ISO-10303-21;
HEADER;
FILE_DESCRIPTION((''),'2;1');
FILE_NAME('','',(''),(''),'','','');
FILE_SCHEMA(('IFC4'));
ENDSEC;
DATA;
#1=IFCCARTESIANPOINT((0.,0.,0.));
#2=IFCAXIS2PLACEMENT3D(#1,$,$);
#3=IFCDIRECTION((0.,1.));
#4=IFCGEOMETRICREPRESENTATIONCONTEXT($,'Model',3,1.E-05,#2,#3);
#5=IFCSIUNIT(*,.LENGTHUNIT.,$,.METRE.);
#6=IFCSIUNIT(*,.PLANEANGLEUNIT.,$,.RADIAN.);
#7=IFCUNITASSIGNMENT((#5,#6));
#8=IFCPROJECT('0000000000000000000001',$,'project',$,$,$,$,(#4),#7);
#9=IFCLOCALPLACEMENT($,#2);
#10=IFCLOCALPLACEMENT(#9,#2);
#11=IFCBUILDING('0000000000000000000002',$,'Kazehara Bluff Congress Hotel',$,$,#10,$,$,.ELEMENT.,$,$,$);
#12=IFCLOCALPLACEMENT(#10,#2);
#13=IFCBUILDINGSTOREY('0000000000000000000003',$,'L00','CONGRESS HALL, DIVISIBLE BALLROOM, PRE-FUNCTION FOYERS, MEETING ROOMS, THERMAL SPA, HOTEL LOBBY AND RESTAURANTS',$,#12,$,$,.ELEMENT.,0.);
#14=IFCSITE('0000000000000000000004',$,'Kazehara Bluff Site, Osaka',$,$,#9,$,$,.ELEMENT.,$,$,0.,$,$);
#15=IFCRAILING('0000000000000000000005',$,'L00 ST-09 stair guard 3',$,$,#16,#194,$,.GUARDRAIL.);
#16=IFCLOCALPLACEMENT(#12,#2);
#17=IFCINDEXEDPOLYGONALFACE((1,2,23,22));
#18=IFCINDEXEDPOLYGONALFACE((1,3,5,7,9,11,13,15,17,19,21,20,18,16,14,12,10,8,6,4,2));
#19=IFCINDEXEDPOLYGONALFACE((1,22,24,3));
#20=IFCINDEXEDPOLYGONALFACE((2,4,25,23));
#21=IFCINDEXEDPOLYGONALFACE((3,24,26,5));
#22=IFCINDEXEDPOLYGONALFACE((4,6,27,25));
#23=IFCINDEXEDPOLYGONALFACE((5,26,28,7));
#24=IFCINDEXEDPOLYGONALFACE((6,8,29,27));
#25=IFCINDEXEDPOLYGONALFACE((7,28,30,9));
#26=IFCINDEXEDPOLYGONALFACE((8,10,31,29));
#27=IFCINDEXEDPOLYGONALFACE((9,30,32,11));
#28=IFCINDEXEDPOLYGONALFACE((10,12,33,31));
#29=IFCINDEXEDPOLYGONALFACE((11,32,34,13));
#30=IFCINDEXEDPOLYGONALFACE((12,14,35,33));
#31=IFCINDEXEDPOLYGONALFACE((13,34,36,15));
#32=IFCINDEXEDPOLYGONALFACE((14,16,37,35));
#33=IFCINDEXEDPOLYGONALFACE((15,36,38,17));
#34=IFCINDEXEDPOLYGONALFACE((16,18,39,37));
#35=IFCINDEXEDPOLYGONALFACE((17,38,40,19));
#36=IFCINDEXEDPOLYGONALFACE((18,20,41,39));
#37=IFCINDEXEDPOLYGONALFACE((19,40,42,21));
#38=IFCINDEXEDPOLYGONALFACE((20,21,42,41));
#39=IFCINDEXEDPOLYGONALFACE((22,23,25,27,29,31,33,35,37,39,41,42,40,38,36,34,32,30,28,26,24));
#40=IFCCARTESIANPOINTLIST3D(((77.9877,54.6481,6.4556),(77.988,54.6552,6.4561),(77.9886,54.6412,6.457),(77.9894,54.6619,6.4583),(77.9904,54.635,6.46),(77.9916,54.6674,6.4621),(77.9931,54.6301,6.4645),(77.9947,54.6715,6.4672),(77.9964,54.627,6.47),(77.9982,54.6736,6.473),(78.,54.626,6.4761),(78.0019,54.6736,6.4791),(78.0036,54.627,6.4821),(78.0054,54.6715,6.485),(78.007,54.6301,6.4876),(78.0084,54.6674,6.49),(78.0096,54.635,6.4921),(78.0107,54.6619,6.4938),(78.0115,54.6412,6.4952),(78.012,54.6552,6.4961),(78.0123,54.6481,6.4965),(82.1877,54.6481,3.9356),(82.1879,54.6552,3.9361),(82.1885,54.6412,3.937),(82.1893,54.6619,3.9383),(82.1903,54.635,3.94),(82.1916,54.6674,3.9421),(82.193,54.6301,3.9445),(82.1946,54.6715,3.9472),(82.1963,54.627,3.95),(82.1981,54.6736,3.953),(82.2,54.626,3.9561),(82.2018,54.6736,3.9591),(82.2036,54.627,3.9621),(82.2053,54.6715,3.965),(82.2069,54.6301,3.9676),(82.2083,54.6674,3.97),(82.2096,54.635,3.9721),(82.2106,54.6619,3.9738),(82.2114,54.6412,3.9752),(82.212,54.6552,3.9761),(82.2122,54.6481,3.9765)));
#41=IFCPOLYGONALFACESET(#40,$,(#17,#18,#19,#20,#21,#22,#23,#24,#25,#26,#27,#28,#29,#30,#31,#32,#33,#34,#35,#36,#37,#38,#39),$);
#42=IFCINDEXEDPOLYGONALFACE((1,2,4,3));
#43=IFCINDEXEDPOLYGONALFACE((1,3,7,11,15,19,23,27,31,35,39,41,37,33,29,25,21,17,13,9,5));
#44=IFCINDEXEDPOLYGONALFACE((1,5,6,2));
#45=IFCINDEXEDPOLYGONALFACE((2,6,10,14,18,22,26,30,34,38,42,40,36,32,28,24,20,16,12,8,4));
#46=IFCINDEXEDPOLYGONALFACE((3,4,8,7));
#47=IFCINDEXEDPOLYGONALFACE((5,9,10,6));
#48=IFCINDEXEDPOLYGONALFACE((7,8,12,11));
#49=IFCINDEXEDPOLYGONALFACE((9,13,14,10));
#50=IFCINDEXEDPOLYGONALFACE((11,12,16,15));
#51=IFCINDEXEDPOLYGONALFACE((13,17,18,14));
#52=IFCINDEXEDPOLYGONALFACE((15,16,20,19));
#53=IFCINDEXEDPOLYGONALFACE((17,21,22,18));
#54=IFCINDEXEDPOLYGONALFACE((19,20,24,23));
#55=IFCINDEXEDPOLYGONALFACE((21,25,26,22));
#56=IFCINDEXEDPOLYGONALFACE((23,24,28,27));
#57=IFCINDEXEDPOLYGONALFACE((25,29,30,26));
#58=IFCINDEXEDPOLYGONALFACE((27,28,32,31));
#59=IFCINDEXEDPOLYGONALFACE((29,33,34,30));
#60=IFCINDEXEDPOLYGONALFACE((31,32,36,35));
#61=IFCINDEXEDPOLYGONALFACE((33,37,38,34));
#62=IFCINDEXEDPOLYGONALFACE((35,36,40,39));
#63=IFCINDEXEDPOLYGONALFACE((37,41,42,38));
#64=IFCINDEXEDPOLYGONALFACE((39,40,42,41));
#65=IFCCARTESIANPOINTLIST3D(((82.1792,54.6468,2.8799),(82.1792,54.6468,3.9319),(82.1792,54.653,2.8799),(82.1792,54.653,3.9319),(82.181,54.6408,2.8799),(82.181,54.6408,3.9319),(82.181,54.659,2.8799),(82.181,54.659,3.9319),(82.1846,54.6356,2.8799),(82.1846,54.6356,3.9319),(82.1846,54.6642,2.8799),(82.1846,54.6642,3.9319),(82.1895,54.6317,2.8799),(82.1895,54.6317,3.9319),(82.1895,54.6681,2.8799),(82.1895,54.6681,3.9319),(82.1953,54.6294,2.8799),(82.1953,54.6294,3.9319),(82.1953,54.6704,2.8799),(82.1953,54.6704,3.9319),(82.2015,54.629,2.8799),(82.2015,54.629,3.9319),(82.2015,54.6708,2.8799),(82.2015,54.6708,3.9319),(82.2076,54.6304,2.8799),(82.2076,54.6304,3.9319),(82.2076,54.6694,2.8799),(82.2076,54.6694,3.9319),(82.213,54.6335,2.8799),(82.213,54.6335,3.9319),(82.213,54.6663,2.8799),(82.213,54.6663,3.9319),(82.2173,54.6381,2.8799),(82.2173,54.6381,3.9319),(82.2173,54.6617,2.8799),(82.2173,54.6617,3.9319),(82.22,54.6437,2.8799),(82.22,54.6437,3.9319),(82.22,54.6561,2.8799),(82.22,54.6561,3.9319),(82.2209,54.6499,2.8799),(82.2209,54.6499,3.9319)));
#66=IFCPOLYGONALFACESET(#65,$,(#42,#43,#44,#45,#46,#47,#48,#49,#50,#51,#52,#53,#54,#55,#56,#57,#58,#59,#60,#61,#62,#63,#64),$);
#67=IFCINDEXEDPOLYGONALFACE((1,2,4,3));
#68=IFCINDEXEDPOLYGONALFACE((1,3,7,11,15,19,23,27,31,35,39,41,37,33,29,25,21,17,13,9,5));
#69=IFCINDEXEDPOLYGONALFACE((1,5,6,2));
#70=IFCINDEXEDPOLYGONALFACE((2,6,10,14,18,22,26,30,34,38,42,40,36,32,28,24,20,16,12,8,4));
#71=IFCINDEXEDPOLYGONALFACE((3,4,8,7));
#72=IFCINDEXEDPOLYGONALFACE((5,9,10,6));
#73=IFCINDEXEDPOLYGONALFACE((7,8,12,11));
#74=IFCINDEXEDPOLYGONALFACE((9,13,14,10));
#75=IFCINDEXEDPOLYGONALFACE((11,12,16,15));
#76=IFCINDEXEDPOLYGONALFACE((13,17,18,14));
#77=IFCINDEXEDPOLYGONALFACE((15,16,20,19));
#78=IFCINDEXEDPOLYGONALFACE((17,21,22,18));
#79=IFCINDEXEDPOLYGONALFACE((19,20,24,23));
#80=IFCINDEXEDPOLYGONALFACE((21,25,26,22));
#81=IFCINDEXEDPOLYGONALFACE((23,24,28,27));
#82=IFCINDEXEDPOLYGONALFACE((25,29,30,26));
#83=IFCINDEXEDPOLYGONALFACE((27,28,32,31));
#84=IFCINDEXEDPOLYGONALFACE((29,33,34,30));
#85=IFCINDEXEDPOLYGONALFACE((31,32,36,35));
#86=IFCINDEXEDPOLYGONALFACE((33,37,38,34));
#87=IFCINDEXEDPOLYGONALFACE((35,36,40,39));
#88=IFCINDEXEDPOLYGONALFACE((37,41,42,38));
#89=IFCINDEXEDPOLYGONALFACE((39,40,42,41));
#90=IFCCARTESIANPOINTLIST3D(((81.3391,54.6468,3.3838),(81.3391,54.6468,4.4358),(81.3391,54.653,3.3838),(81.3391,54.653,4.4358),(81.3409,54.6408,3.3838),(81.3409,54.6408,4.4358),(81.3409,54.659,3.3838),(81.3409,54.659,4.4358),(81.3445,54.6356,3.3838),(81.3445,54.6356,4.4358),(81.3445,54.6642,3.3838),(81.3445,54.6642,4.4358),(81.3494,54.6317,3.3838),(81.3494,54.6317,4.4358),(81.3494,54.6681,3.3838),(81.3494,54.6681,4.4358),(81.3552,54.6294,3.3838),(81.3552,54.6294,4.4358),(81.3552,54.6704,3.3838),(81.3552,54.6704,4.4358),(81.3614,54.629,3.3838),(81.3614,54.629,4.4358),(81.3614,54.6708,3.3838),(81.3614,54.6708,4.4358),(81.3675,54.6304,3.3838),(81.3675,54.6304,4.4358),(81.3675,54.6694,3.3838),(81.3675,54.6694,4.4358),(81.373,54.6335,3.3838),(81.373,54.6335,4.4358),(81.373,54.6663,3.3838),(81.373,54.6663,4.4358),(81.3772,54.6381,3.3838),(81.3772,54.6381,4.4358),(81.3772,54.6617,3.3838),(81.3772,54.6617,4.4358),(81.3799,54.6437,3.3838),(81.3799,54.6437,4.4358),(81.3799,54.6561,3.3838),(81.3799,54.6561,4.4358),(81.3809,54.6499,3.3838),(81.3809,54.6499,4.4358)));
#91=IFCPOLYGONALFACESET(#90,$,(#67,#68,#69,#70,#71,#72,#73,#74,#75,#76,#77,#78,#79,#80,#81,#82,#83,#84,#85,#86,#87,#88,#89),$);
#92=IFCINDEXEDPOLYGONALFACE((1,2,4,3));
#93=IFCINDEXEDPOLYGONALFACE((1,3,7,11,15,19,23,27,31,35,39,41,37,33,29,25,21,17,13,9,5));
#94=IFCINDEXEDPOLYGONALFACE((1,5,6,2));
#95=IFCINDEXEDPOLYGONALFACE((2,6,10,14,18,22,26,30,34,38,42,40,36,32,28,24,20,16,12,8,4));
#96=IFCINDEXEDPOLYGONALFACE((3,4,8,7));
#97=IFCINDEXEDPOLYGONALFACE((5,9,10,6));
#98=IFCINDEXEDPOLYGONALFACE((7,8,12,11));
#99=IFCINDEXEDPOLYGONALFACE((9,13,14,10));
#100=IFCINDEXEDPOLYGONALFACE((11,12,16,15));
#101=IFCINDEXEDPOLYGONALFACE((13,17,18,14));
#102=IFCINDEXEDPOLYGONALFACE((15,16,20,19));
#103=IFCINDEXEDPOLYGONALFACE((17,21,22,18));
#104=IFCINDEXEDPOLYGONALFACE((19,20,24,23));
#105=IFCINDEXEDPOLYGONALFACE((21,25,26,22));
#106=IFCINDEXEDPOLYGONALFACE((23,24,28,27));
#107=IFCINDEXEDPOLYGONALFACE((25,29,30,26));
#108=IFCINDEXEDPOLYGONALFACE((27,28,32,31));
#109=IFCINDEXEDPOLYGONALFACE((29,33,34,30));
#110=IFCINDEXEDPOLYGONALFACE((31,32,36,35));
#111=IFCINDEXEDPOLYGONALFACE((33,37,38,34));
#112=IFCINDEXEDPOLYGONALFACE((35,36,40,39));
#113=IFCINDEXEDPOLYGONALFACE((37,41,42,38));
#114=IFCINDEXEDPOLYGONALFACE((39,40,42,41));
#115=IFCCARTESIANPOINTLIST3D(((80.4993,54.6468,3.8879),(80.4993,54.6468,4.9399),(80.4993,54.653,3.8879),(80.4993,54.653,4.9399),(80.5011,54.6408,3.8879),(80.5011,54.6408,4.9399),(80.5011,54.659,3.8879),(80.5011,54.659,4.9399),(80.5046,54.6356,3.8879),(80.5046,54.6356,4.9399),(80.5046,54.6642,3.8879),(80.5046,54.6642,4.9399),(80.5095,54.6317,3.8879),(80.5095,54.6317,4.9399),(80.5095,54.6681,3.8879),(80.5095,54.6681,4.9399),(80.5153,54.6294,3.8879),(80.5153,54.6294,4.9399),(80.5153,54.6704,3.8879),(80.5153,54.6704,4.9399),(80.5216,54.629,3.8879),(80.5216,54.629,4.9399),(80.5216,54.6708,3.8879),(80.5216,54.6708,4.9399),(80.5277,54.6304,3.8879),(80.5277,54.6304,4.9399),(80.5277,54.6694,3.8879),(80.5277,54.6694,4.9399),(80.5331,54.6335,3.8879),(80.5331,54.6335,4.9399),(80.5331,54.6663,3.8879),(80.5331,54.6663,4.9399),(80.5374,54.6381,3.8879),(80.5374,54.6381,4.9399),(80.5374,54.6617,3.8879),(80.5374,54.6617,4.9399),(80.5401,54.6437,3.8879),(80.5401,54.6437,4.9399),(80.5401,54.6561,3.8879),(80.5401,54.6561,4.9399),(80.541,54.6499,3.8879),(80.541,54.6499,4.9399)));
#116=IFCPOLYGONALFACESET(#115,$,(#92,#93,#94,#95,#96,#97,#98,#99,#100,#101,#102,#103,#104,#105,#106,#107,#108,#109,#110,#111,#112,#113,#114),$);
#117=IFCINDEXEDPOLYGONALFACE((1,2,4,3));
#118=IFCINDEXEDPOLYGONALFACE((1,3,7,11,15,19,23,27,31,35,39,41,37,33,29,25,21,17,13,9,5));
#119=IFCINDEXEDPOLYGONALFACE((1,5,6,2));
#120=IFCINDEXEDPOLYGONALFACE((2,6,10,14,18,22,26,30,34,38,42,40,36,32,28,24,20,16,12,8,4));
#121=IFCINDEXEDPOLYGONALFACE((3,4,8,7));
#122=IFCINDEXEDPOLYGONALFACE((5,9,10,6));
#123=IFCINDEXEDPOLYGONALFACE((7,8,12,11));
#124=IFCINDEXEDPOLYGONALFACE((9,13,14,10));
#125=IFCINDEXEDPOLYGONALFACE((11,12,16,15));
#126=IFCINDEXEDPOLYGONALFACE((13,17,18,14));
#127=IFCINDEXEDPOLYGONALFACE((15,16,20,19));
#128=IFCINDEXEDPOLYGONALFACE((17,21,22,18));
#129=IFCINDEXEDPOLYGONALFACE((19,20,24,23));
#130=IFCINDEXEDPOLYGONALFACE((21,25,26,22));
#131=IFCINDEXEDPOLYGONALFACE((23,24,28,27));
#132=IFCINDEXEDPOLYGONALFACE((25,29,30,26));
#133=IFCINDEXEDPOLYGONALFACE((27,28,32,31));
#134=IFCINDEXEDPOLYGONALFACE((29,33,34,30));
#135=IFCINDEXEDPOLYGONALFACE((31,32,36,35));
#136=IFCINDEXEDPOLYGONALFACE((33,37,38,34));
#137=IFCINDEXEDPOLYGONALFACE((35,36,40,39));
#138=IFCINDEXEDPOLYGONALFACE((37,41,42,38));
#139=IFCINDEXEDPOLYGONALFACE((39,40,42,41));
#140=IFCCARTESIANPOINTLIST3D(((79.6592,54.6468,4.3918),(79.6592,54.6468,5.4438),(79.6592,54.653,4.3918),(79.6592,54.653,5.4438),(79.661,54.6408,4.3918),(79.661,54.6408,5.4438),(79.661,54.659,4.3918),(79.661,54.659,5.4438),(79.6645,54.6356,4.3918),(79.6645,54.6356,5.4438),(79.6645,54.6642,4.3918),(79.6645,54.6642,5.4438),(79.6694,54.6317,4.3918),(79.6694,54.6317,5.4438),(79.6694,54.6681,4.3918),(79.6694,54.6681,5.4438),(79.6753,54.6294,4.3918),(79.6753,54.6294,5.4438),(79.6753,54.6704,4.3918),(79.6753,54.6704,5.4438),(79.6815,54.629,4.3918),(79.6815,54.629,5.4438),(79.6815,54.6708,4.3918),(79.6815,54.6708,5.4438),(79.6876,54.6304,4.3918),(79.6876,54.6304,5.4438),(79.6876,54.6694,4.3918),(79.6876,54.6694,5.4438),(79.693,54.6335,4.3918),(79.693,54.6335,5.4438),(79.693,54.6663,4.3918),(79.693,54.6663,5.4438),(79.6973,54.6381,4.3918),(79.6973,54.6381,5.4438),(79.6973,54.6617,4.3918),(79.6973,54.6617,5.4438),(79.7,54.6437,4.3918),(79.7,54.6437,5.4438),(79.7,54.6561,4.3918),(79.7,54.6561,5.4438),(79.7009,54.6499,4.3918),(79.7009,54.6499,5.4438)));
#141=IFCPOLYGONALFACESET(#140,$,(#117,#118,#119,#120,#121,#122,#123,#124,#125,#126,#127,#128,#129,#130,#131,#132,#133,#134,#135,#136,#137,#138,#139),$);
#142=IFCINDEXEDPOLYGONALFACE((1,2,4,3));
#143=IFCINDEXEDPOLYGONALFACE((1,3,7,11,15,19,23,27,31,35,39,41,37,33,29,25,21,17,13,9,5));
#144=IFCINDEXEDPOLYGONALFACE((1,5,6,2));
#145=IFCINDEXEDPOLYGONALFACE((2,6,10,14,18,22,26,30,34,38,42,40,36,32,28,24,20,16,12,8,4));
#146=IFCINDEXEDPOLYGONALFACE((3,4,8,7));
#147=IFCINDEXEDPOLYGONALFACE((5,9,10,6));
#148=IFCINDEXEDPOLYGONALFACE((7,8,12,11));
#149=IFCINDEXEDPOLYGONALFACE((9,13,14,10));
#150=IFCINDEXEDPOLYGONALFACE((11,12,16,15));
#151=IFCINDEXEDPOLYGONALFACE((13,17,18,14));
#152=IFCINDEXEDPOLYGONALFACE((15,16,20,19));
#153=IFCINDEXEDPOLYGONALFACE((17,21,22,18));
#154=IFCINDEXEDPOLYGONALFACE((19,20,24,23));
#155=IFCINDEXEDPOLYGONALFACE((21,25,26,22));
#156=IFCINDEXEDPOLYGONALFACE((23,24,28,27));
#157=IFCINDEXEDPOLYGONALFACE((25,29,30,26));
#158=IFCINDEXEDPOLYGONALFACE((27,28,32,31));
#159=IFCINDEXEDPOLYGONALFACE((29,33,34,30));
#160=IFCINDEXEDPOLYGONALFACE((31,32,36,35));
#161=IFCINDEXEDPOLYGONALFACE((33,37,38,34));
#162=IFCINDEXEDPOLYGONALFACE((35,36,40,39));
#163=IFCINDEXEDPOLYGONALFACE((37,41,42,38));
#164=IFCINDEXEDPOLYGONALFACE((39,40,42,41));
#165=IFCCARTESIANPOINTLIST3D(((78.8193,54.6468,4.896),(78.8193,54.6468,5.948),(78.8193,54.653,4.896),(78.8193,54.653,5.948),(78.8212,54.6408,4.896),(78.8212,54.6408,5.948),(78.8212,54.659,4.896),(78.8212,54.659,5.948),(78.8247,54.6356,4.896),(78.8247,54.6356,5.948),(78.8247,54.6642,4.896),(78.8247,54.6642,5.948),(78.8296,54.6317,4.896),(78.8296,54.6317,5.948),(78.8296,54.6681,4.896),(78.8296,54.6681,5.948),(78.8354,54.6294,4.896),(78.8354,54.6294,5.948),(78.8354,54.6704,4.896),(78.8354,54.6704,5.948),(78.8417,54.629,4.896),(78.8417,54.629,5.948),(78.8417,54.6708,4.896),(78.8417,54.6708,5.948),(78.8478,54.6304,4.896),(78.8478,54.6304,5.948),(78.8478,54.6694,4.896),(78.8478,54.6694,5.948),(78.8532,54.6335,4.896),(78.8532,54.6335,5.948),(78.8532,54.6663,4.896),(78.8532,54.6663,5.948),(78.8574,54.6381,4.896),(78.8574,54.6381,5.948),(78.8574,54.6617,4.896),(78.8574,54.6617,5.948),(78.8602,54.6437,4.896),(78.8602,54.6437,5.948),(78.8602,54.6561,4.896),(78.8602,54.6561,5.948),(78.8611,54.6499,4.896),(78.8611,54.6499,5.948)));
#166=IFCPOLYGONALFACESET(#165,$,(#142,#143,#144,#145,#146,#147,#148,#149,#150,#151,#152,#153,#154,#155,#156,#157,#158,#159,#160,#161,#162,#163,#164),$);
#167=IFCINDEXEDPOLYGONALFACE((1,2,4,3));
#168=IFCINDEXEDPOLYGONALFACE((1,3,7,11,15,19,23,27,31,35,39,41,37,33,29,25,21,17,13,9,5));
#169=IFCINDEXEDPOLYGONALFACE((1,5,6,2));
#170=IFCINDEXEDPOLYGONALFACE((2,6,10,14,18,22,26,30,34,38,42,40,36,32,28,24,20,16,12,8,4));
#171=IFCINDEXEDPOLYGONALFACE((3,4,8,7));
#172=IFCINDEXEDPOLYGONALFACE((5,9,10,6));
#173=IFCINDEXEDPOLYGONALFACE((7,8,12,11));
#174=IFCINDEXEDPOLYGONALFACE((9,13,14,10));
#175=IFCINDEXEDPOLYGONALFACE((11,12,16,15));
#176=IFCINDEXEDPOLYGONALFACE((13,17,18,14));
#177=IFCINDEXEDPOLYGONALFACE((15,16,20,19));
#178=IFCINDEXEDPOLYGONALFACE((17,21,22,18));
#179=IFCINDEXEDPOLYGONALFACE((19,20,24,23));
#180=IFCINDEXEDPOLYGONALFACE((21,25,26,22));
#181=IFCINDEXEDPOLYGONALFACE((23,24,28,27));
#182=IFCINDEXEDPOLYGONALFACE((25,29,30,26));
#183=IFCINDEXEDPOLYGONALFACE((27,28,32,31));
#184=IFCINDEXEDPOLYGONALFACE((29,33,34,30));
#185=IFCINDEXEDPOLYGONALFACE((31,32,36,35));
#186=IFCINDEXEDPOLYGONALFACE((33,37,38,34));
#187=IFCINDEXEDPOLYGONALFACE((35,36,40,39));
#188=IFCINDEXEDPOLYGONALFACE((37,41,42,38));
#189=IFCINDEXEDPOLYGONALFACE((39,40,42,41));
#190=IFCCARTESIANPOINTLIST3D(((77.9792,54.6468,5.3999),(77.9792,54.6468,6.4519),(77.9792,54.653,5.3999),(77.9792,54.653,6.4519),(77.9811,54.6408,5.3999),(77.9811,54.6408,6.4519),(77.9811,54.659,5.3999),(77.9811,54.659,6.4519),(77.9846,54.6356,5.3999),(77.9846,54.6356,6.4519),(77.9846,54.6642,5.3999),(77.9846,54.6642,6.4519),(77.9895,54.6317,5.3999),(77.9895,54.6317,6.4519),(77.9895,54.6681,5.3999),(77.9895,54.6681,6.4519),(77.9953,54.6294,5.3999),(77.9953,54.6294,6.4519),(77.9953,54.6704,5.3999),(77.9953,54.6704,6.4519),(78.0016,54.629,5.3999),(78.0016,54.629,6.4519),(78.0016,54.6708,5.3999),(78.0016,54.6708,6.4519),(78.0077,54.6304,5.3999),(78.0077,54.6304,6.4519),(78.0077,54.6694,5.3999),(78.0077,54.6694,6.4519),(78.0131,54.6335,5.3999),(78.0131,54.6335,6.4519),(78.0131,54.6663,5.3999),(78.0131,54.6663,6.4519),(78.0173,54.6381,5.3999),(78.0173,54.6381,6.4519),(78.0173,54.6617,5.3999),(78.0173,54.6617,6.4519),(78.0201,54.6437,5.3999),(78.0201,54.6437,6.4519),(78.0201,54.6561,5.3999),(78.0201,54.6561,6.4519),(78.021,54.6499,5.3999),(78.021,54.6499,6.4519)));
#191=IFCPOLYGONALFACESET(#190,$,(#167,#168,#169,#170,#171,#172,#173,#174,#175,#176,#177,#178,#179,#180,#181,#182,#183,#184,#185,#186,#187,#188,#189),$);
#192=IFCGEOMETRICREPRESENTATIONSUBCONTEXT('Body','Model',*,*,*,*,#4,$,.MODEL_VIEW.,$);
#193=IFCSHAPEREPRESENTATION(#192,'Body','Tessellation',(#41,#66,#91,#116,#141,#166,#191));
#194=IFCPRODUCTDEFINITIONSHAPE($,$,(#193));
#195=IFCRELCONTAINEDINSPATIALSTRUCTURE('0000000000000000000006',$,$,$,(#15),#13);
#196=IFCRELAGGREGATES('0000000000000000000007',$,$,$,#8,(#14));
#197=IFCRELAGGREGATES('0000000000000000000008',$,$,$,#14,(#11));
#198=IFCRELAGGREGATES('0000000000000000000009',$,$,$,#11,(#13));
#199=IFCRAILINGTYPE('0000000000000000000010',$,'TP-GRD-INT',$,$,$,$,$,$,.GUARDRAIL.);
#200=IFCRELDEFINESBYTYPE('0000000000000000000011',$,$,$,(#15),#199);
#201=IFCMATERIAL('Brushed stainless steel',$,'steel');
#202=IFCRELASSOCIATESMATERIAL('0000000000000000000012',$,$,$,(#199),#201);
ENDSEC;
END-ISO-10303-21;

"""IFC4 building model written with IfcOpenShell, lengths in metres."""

from ifc_helpers import new_model, si_unit, direction, frame, origin, origin_2d, place, context, subcontext, project, spatial, circle, extrude, material, type_object, element, save


model = new_model("IFC4")

# Units and contexts
model_context = context("Model", 3, precision=1e-05, world=origin(), true_north=direction((0.0, 1.0)))
body_context = subcontext(model_context, "Body", "Model", "MODEL_VIEW")
ifc_project = project(units=[si_unit("LENGTHUNIT", "METRE"), si_unit("PLANEANGLEUNIT", "RADIAN")], contexts=[model_context])

# Site, building, storey
site_placement = place(None, origin())
site = spatial("IfcSite", under=ifc_project, at=site_placement, Name="Kazehara Bluff Site, Osaka", CompositionType="ELEMENT", RefElevation=0.0)
building_placement = place(site_placement, origin())
building = spatial("IfcBuilding", under=site, at=building_placement, Name="Kazehara Bluff Congress Hotel", CompositionType="ELEMENT")
storey_placement = place(building_placement, origin())
storey = spatial("IfcBuildingStorey", under=building, at=storey_placement, Name="L00", Description="CONGRESS HALL, DIVISIBLE BALLROOM, PRE-FUNCTION FOYERS, MEETING ROOMS, THERMAL SPA, HOTEL LOBBY AND RESTAURANTS", CompositionType="ELEMENT", Elevation=0.0)

# Railing
ifc_material_1 = material(Name="Brushed stainless steel", Category="steel")
railing_type_1 = type_object("IfcRailingType", Name="TP-GRD-INT", PredefinedType="GUARDRAIL", material=ifc_material_1)
railing_1_placement = place(storey_placement, frame((82.2, 54.6499, 2.8799)))
element("IfcRailing", 1, at=railing_1_placement, inside=storey, type_object=railing_type_1, Name="L00 ST-09 stair guard 3", PredefinedType="GUARDRAIL", context=body_context, shape_type="SweptSolid", body=[
    extrude(circle(Radius=0.0239, at=origin_2d()), frame((0.0, 0.0, 1.0762), z_axis=(-0.857489, 0.0, 0.514503), x_axis=(0.0, -1.0, 0.0)), (0.0, 0.0, 1.0), 4.8979),
    extrude(circle(Radius=0.021, at=origin_2d()), origin(), (0.0, 0.0, 1.0), 1.052),
    extrude(circle(Radius=0.021, at=origin_2d()), frame((-0.8401, 0.0, 0.5039)), (0.0, 0.0, 1.0), 1.052),
    extrude(circle(Radius=0.021, at=origin_2d()), frame((-1.6799, 0.0, 1.0081)), (0.0, 0.0, 1.0), 1.052),
    extrude(circle(Radius=0.021, at=origin_2d()), frame((-2.52, 0.0, 1.512)), (0.0, 0.0, 1.0), 1.052),
    extrude(circle(Radius=0.021, at=origin_2d()), frame((-3.3599, 0.0, 2.0161)), (0.0, 0.0, 1.0), 1.052),
    extrude(circle(Radius=0.021, at=origin_2d()), frame((-4.2, 0.0, 2.52)), (0.0, 0.0, 1.0), 1.052),
])

save(model, "model.ifc")
